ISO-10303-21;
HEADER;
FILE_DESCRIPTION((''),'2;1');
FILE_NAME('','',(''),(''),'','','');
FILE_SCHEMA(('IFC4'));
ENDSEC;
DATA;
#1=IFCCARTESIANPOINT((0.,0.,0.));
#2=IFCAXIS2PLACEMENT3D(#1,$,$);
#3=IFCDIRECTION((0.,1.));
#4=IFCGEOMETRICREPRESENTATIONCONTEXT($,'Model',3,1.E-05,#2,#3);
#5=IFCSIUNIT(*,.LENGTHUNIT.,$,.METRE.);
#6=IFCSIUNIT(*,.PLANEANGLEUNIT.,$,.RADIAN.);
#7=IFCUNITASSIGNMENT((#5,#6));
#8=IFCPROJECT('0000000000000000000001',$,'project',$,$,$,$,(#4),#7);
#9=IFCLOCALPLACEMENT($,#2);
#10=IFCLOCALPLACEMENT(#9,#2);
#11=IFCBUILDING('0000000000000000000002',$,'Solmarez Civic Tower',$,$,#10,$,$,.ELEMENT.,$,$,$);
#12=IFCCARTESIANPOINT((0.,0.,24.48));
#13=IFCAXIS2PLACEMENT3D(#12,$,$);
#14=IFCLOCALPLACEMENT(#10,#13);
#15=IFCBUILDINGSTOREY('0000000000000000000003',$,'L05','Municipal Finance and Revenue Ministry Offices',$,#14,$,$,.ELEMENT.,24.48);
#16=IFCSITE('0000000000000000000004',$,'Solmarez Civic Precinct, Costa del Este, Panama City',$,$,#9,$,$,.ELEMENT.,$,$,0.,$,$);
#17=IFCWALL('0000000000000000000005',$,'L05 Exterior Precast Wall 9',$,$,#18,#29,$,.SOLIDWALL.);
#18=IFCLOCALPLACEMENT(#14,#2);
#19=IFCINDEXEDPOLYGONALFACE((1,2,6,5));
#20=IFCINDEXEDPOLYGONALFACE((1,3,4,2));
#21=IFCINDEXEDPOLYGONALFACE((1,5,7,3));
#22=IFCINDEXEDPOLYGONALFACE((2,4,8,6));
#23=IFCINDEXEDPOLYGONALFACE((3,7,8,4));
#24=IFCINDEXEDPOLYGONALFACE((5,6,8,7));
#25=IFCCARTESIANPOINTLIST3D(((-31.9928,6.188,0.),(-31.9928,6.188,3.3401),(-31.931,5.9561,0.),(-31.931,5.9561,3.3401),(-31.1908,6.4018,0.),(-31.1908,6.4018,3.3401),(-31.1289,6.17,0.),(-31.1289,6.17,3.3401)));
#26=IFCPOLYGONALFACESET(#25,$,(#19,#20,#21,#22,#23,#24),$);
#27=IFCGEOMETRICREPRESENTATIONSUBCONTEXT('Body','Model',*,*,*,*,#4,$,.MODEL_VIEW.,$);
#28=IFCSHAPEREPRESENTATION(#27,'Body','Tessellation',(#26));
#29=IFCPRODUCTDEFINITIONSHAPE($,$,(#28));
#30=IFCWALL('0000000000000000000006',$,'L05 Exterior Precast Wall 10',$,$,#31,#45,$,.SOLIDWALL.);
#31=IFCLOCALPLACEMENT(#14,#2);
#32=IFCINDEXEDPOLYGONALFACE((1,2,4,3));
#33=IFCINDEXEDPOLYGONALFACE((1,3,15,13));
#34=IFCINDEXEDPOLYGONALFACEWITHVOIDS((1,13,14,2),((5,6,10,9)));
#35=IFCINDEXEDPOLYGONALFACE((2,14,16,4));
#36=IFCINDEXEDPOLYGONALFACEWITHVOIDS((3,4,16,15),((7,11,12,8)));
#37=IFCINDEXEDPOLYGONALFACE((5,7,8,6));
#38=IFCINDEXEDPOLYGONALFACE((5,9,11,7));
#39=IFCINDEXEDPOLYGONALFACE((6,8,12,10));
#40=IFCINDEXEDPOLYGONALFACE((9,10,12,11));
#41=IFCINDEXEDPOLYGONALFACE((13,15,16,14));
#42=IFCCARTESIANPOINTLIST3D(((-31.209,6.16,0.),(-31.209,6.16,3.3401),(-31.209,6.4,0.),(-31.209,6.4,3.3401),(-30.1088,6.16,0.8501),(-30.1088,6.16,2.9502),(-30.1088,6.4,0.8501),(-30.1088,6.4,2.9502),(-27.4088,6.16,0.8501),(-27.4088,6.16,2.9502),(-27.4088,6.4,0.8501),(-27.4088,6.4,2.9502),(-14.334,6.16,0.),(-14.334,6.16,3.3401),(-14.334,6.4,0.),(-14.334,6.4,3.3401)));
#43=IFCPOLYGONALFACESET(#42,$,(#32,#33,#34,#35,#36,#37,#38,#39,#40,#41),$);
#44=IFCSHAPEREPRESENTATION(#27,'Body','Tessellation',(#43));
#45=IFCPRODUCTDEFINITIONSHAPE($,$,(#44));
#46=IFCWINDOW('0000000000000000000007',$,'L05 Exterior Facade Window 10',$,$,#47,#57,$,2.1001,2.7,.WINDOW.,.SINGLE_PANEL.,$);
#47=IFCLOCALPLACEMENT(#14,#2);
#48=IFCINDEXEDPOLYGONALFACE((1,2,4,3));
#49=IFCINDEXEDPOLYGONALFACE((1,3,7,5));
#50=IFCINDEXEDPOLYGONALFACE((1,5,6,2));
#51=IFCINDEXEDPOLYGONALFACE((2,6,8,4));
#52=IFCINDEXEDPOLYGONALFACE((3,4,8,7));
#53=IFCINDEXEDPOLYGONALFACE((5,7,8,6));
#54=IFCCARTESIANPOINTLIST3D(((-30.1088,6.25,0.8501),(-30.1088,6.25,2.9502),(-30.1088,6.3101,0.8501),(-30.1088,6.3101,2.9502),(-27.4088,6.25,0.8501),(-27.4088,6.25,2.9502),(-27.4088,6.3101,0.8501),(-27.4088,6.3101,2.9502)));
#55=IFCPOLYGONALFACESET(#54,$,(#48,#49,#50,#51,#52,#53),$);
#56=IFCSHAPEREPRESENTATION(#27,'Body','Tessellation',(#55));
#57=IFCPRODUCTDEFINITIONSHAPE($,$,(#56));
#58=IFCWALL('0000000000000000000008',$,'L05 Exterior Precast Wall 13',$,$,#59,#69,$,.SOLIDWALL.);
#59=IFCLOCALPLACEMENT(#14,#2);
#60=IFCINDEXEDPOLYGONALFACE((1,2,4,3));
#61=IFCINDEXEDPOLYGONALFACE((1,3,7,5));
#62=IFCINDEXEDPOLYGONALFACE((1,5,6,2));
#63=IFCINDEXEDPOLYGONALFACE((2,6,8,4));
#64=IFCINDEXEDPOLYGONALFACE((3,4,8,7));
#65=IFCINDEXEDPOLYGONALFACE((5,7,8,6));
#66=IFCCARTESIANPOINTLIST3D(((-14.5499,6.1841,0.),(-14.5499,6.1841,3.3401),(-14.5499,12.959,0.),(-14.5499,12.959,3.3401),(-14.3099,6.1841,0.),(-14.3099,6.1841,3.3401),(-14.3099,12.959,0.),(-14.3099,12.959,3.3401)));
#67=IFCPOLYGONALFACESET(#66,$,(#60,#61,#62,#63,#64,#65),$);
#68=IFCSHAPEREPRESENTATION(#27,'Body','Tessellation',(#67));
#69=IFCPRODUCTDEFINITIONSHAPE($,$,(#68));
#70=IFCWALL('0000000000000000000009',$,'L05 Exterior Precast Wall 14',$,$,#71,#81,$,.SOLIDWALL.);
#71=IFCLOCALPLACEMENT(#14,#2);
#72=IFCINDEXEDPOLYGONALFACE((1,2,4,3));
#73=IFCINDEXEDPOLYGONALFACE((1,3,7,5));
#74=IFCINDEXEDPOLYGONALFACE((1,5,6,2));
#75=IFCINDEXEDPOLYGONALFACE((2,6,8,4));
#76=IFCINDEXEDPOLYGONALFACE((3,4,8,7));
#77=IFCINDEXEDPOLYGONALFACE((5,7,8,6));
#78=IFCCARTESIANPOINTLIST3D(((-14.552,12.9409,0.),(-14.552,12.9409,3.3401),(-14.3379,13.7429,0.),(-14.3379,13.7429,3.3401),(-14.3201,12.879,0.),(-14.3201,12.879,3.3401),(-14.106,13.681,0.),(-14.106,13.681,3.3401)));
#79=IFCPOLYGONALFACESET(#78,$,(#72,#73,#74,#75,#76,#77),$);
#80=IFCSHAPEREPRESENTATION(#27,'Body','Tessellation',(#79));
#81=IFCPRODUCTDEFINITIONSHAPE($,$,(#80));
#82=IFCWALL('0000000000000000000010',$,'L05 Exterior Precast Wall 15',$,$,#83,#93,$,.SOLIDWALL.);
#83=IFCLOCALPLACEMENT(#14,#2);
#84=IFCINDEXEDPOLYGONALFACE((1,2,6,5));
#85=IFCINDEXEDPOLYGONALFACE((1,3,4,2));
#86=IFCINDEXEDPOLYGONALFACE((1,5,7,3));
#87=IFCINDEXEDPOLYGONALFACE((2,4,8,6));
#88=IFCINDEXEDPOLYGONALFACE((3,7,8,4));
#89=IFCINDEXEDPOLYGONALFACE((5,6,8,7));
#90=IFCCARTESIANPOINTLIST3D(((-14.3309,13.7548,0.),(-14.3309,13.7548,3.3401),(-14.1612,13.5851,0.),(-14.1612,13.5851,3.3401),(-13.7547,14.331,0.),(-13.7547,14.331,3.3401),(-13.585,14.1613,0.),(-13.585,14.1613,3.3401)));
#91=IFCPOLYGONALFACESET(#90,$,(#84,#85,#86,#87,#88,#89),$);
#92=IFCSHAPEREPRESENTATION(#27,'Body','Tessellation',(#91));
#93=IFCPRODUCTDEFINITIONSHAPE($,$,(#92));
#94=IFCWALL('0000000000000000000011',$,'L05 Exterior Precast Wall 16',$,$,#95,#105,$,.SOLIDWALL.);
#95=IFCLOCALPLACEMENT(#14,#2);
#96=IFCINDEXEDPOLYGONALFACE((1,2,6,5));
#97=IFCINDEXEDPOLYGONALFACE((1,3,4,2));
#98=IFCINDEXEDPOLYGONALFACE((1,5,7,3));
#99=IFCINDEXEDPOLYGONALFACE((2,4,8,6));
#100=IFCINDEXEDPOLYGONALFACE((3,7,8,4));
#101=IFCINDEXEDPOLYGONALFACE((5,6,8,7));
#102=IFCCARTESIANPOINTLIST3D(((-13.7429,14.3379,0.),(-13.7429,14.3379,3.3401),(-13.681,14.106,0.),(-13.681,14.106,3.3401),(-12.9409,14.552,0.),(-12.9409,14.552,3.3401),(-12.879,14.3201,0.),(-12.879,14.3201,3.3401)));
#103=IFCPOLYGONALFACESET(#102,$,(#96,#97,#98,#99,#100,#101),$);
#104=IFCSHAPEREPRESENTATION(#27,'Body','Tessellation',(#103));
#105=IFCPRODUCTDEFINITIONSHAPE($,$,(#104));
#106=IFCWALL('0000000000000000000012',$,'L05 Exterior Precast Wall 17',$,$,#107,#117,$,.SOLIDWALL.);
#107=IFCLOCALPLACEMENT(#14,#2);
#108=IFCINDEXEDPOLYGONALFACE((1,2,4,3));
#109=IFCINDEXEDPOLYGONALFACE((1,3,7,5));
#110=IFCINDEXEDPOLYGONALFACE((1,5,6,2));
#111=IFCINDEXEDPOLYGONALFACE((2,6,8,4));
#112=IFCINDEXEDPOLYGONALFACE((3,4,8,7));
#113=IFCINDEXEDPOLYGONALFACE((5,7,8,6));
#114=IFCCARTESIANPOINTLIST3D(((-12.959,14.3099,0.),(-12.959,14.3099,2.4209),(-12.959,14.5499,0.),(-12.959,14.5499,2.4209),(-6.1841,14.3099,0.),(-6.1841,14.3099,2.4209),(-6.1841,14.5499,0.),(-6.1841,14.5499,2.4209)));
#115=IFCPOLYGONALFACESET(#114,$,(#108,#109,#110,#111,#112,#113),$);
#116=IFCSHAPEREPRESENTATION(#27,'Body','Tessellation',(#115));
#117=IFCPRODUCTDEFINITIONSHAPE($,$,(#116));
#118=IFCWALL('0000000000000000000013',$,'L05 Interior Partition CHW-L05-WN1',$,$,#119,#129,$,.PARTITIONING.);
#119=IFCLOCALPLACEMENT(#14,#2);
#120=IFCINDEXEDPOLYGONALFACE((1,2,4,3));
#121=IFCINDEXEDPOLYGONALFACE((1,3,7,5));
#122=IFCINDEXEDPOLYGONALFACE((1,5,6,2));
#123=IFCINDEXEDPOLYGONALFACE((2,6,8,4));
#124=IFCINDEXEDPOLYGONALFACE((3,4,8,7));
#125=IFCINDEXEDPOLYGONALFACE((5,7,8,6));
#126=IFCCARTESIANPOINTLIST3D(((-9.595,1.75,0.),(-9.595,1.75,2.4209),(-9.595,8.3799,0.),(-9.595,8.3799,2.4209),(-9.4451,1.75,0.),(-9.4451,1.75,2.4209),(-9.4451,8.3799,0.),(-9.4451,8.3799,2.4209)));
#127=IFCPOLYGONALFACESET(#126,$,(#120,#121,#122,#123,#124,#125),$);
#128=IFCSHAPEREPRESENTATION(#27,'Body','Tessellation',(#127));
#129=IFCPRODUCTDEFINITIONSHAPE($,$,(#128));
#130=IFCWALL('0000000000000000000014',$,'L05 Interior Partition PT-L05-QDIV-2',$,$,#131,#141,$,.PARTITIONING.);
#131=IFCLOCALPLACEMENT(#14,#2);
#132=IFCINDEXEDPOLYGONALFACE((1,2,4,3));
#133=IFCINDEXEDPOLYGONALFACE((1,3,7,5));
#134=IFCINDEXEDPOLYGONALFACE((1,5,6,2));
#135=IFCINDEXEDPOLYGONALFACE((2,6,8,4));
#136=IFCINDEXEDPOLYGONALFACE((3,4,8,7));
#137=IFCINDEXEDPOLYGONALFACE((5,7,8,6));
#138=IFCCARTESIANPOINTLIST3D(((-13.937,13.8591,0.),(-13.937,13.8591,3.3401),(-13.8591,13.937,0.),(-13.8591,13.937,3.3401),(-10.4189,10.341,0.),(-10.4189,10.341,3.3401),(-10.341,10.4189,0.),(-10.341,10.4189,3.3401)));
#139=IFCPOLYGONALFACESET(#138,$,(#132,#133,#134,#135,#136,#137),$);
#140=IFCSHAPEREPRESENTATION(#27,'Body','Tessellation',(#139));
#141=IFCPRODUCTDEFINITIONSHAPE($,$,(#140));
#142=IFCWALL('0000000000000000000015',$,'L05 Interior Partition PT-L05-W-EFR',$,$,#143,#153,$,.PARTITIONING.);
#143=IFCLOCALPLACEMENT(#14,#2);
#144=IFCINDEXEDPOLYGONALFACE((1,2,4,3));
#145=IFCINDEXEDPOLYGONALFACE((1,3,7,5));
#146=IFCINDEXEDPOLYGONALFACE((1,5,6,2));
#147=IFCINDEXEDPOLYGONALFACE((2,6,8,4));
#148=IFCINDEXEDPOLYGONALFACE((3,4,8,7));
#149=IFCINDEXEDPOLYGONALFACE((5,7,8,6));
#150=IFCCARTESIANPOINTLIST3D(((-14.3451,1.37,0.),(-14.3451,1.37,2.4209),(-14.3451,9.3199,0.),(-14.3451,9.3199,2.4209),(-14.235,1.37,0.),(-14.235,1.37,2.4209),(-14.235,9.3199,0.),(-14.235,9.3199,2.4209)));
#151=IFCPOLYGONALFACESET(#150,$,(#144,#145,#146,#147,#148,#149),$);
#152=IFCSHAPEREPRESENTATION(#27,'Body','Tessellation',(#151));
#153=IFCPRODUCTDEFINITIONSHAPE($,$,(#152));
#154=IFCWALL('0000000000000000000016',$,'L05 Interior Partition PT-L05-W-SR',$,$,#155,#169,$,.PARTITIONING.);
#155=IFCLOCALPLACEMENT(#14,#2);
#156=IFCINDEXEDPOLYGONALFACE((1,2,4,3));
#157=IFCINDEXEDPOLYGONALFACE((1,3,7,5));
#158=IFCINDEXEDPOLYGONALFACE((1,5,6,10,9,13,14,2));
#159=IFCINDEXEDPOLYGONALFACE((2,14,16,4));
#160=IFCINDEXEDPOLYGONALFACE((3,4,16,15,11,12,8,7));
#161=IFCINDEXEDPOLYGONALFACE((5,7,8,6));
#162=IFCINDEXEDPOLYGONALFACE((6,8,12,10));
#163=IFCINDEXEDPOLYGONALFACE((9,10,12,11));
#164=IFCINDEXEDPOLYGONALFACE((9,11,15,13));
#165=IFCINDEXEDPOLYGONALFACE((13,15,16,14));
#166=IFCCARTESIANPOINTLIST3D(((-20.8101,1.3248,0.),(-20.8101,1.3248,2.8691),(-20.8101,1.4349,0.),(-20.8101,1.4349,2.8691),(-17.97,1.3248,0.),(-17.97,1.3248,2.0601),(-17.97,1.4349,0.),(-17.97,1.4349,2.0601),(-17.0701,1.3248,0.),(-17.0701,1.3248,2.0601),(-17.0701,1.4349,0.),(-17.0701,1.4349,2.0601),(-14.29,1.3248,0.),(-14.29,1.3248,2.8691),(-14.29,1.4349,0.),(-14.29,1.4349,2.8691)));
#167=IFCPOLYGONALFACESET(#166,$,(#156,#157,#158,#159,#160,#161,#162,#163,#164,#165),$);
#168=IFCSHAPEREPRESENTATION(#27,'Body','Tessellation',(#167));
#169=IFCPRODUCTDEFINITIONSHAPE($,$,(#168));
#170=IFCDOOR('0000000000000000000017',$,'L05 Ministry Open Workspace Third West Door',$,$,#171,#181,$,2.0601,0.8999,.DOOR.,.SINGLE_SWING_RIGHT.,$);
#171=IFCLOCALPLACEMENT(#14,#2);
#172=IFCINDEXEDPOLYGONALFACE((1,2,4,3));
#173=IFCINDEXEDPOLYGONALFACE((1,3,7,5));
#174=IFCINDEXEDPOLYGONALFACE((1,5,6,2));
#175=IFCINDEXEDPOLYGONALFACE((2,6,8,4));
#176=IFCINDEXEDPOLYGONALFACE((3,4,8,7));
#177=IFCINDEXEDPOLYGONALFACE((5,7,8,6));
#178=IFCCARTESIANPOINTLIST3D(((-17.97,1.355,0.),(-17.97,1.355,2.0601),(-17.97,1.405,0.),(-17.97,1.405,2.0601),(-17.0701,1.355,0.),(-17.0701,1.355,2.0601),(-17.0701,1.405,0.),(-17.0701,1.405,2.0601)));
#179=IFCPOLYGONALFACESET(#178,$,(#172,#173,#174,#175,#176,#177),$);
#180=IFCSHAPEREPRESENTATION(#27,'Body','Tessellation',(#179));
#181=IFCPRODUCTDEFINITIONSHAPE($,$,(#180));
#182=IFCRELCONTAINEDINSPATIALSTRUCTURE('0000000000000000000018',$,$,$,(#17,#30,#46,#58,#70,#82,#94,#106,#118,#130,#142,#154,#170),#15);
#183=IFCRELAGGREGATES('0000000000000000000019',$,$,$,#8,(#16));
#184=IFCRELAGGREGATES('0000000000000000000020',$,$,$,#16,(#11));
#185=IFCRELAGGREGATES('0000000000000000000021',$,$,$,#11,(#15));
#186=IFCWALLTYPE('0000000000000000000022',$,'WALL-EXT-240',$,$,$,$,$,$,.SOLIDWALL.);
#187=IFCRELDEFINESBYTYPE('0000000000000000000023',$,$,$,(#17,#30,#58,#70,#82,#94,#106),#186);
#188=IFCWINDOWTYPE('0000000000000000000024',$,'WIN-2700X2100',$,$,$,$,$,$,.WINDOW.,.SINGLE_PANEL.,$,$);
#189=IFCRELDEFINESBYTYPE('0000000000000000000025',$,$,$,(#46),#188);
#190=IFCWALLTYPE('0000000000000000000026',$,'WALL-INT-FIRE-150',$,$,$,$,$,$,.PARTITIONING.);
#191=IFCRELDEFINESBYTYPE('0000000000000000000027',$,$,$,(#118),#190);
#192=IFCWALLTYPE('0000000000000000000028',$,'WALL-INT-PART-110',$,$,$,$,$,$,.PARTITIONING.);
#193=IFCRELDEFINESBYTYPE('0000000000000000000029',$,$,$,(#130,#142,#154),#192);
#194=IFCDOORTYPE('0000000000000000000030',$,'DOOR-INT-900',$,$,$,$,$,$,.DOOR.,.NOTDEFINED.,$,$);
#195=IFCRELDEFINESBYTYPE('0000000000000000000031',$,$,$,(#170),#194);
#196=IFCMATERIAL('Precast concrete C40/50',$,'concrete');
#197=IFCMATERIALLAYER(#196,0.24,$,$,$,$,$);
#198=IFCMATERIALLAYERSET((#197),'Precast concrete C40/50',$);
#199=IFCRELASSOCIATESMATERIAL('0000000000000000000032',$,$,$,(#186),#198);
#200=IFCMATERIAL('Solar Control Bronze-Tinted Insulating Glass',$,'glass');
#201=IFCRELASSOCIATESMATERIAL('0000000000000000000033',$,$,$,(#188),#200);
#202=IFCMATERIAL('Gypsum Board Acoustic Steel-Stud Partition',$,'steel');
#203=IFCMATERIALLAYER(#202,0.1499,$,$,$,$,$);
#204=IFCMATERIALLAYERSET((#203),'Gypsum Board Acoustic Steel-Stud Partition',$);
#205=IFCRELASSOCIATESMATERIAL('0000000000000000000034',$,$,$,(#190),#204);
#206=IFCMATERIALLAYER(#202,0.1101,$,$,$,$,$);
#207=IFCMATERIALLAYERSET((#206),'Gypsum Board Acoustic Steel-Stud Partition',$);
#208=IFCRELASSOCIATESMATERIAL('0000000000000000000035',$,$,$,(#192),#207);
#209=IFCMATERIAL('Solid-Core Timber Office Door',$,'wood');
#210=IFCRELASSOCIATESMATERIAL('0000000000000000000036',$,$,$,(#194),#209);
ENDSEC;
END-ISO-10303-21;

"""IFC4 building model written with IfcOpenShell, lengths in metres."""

from ifc_helpers import new_model, si_unit, direction, frame, frame_2d, origin, place, context, subcontext, project, spatial, rectangle, extrude, material, layer, layer_set, type_object, element, fill, save


model = new_model("IFC4")

# Units and contexts
model_context = context("Model", 3, precision=1e-05, world=origin(), true_north=direction((0.0, 1.0)))
body_context = subcontext(model_context, "Body", "Model", "MODEL_VIEW")
ifc_project = project(units=[si_unit("LENGTHUNIT", "METRE"), si_unit("PLANEANGLEUNIT", "RADIAN")], contexts=[model_context])

# Site, building, storey
site_placement = place(None, origin())
site = spatial("IfcSite", under=ifc_project, at=site_placement, Name="Solmarez Civic Precinct, Costa del Este, Panama City", CompositionType="ELEMENT", RefElevation=0.0)
building_placement = place(site_placement, origin())
building = spatial("IfcBuilding", under=site, at=building_placement, Name="Solmarez Civic Tower", CompositionType="ELEMENT")
storey_placement = place(building_placement, frame((0.0, 0.0, 24.48)))
storey = spatial("IfcBuildingStorey", under=building, at=storey_placement, Name="L05", Description="Municipal Finance and Revenue Ministry Offices", CompositionType="ELEMENT", Elevation=24.48)

# Wall
ifc_material_1 = material(Name="Precast concrete C40/50", Category="concrete")
ifc_layer_1 = layer(ifc_material_1, 0.24)
ifc_layer_set_1 = layer_set([ifc_layer_1], Name="Precast concrete C40/50")
wall_type_1 = type_object("IfcWallType", Name="WALL-EXT-240", PredefinedType="SOLIDWALL", material=ifc_layer_set_1)
wall_1_placement = place(storey_placement, frame((-31.9619, 6.072, 0.0), z_axis=(0.0, 0.0, 1.0), x_axis=(0.966235, 0.257663, 0.0)))
element("IfcWall", 1, at=wall_1_placement, inside=storey, type_object=wall_type_1, Name="L05 Exterior Precast Wall 9", PredefinedType="SOLIDWALL", context=body_context, shape_type="SweptSolid", body=[
    extrude(rectangle(XDim=0.8301, YDim=0.24, at=frame_2d((0.415, 0.0))), origin(), (0.0, 0.0, 1.0), 3.3401),
])

# Wall, opening, window
wall_2_placement = place(storey_placement, frame((-31.209, 6.28, 0.0), z_axis=(0.0, 0.0, 1.0), x_axis=(1.0, 0.0, 0.0)))
wall_2 = element("IfcWall", 2, at=wall_2_placement, inside=storey, type_object=wall_type_1, Name="L05 Exterior Precast Wall 10", PredefinedType="SOLIDWALL", context=body_context, shape_type="SweptSolid", body=[
    extrude(rectangle(XDim=16.875, YDim=0.24, at=frame_2d((8.4375, 0.0))), origin(), (0.0, 0.0, 1.0), 3.3401),
])
opening_1_placement = place(wall_2_placement, frame((1.1001, 0.0, 0.8501)))
opening_1 = element("IfcOpeningElement", 3, at=opening_1_placement, cuts=wall_2, PredefinedType="OPENING", context=body_context, shape_type="SweptSolid", body=[
    extrude(rectangle(XDim=2.7, YDim=2.1001, at=frame_2d((1.3501, 1.05))), frame((0.0, 0.1299, 0.0), z_axis=(0.0, -1.0, 0.0), x_axis=(1.0, 0.0, 0.0)), (0.0, 0.0, 1.0), 0.26),
])
ifc_material_2 = material(Name="Solar Control Bronze-Tinted Insulating Glass", Category="glass")
window_type = type_object("IfcWindowType", Name="WIN-2700X2100", PartitioningType="SINGLE_PANEL", PredefinedType="WINDOW", material=ifc_material_2)
window_placement = place(opening_1_placement, origin())
window = element("IfcWindow", 4, at=window_placement, inside=storey, type_object=window_type, Name="L05 Exterior Facade Window 10", OverallHeight=2.1001, OverallWidth=2.7, PartitioningType="SINGLE_PANEL", PredefinedType="WINDOW", context=body_context, shape_type="SweptSolid", body=[
    extrude(rectangle(XDim=2.7, YDim=2.1001, at=frame_2d((1.3501, 1.05))), frame((0.0, 0.03, 0.0), z_axis=(0.0, -1.0, 0.0), x_axis=(1.0, 0.0, 0.0)), (0.0, 0.0, 1.0), 0.0601),
])
fill(opening_1, window)

# Walls
wall_3_placement = place(storey_placement, frame((-14.4299, 6.1841, 0.0), z_axis=(0.0, 0.0, 1.0), x_axis=(0.0, 1.0, 0.0)))
element("IfcWall", 5, at=wall_3_placement, inside=storey, type_object=wall_type_1, Name="L05 Exterior Precast Wall 13", PredefinedType="SOLIDWALL", context=body_context, shape_type="SweptSolid", body=[
    extrude(rectangle(XDim=6.7749, YDim=0.24, at=frame_2d((3.3875, 0.0))), origin(), (0.0, 0.0, 1.0), 3.3401),
])
wall_4_placement = place(storey_placement, frame((-14.436, 12.9099, 0.0), z_axis=(0.0, 0.0, 1.0), x_axis=(0.257937, 0.966162, 0.0)))
element("IfcWall", 6, at=wall_4_placement, inside=storey, type_object=wall_type_1, Name="L05 Exterior Precast Wall 14", PredefinedType="SOLIDWALL", context=body_context, shape_type="SweptSolid", body=[
    extrude(rectangle(XDim=0.8301, YDim=0.24, at=frame_2d((0.415, 0.0))), origin(), (0.0, 0.0, 1.0), 3.3401),
])
wall_5_placement = place(storey_placement, frame((-14.2461, 13.6699, 0.0), z_axis=(0.0, 0.0, 1.0), x_axis=(0.707107, 0.707107, 0.0)))
element("IfcWall", 7, at=wall_5_placement, inside=storey, type_object=wall_type_1, Name="L05 Exterior Precast Wall 15", PredefinedType="SOLIDWALL", context=body_context, shape_type="SweptSolid", body=[
    extrude(rectangle(XDim=0.8149, YDim=0.24, at=frame_2d((0.4075, 0.0))), origin(), (0.0, 0.0, 1.0), 3.3401),
])
wall_6_placement = place(storey_placement, frame((-13.7119, 14.2219, 0.0), z_axis=(0.0, 0.0, 1.0), x_axis=(0.966162, 0.257937, 0.0)))
element("IfcWall", 8, at=wall_6_placement, inside=storey, type_object=wall_type_1, Name="L05 Exterior Precast Wall 16", PredefinedType="SOLIDWALL", context=body_context, shape_type="SweptSolid", body=[
    extrude(rectangle(XDim=0.8301, YDim=0.24, at=frame_2d((0.415, 0.0))), origin(), (0.0, 0.0, 1.0), 3.3401),
])
wall_7_placement = place(storey_placement, frame((-12.959, 14.4299, 0.0), z_axis=(0.0, 0.0, 1.0), x_axis=(1.0, 0.0, 0.0)))
element("IfcWall", 9, at=wall_7_placement, inside=storey, type_object=wall_type_1, Name="L05 Exterior Precast Wall 17", PredefinedType="SOLIDWALL", context=body_context, shape_type="SweptSolid", body=[
    extrude(rectangle(XDim=6.7749, YDim=0.24, at=frame_2d((3.3875, 0.0))), origin(), (0.0, 0.0, 1.0), 2.4209),
])
ifc_material_3 = material(Name="Gypsum Board Acoustic Steel-Stud Partition", Category="steel")
ifc_layer_2 = layer(ifc_material_3, 0.1499)
ifc_layer_set_2 = layer_set([ifc_layer_2], Name="Gypsum Board Acoustic Steel-Stud Partition")
wall_type_2 = type_object("IfcWallType", Name="WALL-INT-FIRE-150", PredefinedType="PARTITIONING", material=ifc_layer_set_2)
wall_8_placement = place(storey_placement, frame((-9.52, 1.75, 0.0), z_axis=(0.0, 0.0, 1.0), x_axis=(0.0, 1.0, 0.0)))
element("IfcWall", 10, at=wall_8_placement, inside=storey, type_object=wall_type_2, Name="L05 Interior Partition CHW-L05-WN1", PredefinedType="PARTITIONING", context=body_context, shape_type="SweptSolid", body=[
    extrude(rectangle(XDim=6.6299, YDim=0.1499, at=frame_2d((3.3149, 0.0))), origin(), (0.0, 0.0, 1.0), 2.4209),
])
ifc_layer_3 = layer(ifc_material_3, 0.1101)
ifc_layer_set_3 = layer_set([ifc_layer_3], Name="Gypsum Board Acoustic Steel-Stud Partition")
wall_type_3 = type_object("IfcWallType", Name="WALL-INT-PART-110", PredefinedType="PARTITIONING", material=ifc_layer_set_3)
wall_9_placement = place(storey_placement, frame((-10.3799, 10.3799, 0.0), z_axis=(0.0, 0.0, 1.0), x_axis=(-0.707107, 0.707107, 0.0)))
element("IfcWall", 11, at=wall_9_placement, inside=storey, type_object=wall_type_3, Name="L05 Interior Partition PT-L05-QDIV-2", PredefinedType="PARTITIONING", context=body_context, shape_type="SweptSolid", body=[
    extrude(rectangle(XDim=4.9753, YDim=0.1101, at=frame_2d((2.4878, 0.0))), origin(), (0.0, 0.0, 1.0), 3.3401),
])
wall_10_placement = place(storey_placement, frame((-14.29, 9.3201, 0.0), z_axis=(0.0, 0.0, 1.0), x_axis=(0.0, -1.0, 0.0)))
element("IfcWall", 12, at=wall_10_placement, inside=storey, type_object=wall_type_3, Name="L05 Interior Partition PT-L05-W-EFR", PredefinedType="PARTITIONING", context=body_context, shape_type="SweptSolid", body=[
    extrude(rectangle(XDim=7.95, YDim=0.1101, at=frame_2d((3.9751, 0.0))), origin(), (0.0, 0.0, 1.0), 2.4209),
])

# Wall, opening, door
wall_11_placement = place(storey_placement, frame((-14.29, 1.3799, 0.0), z_axis=(0.0, 0.0, 1.0), x_axis=(-1.0, 0.0, 0.0)))
wall_11 = element("IfcWall", 13, at=wall_11_placement, inside=storey, type_object=wall_type_3, Name="L05 Interior Partition PT-L05-W-SR", PredefinedType="PARTITIONING", context=body_context, shape_type="SweptSolid", body=[
    extrude(rectangle(XDim=6.52, YDim=0.1101, at=frame_2d((3.26, 0.0))), origin(), (0.0, 0.0, 1.0), 2.8691),
])
opening_2_placement = place(wall_11_placement, frame((2.78, 0.0, 0.0)))
opening_2 = element("IfcOpeningElement", 14, at=opening_2_placement, cuts=wall_11, PredefinedType="OPENING", context=body_context, shape_type="SweptSolid", body=[
    extrude(rectangle(XDim=0.8999, YDim=2.0601, at=frame_2d((0.45, 1.03))), frame((0.0, 0.0649, 0.0), z_axis=(0.0, -1.0, 0.0), x_axis=(1.0, 0.0, 0.0)), (0.0, 0.0, 1.0), 0.1301),
])
ifc_material_4 = material(Name="Solid-Core Timber Office Door", Category="wood")
door_type = type_object("IfcDoorType", Name="DOOR-INT-900", OperationType="NOTDEFINED", PredefinedType="DOOR", material=ifc_material_4)
door_placement = place(opening_2_placement, origin())
door = element("IfcDoor", 15, at=door_placement, inside=storey, type_object=door_type, Name="L05 Ministry Open Workspace Third West Door", OperationType="SINGLE_SWING_RIGHT", OverallHeight=2.0601, OverallWidth=0.8999, PredefinedType="DOOR", context=body_context, shape_type="SweptSolid", body=[
    extrude(rectangle(XDim=0.8999, YDim=2.0601, at=frame_2d((0.45, 1.03))), frame((0.0, 0.0249, 0.0), z_axis=(0.0, -1.0, 0.0), x_axis=(1.0, 0.0, 0.0)), (0.0, 0.0, 1.0), 0.05),
])
fill(opening_2, door)

save(model, "model.ifc")
